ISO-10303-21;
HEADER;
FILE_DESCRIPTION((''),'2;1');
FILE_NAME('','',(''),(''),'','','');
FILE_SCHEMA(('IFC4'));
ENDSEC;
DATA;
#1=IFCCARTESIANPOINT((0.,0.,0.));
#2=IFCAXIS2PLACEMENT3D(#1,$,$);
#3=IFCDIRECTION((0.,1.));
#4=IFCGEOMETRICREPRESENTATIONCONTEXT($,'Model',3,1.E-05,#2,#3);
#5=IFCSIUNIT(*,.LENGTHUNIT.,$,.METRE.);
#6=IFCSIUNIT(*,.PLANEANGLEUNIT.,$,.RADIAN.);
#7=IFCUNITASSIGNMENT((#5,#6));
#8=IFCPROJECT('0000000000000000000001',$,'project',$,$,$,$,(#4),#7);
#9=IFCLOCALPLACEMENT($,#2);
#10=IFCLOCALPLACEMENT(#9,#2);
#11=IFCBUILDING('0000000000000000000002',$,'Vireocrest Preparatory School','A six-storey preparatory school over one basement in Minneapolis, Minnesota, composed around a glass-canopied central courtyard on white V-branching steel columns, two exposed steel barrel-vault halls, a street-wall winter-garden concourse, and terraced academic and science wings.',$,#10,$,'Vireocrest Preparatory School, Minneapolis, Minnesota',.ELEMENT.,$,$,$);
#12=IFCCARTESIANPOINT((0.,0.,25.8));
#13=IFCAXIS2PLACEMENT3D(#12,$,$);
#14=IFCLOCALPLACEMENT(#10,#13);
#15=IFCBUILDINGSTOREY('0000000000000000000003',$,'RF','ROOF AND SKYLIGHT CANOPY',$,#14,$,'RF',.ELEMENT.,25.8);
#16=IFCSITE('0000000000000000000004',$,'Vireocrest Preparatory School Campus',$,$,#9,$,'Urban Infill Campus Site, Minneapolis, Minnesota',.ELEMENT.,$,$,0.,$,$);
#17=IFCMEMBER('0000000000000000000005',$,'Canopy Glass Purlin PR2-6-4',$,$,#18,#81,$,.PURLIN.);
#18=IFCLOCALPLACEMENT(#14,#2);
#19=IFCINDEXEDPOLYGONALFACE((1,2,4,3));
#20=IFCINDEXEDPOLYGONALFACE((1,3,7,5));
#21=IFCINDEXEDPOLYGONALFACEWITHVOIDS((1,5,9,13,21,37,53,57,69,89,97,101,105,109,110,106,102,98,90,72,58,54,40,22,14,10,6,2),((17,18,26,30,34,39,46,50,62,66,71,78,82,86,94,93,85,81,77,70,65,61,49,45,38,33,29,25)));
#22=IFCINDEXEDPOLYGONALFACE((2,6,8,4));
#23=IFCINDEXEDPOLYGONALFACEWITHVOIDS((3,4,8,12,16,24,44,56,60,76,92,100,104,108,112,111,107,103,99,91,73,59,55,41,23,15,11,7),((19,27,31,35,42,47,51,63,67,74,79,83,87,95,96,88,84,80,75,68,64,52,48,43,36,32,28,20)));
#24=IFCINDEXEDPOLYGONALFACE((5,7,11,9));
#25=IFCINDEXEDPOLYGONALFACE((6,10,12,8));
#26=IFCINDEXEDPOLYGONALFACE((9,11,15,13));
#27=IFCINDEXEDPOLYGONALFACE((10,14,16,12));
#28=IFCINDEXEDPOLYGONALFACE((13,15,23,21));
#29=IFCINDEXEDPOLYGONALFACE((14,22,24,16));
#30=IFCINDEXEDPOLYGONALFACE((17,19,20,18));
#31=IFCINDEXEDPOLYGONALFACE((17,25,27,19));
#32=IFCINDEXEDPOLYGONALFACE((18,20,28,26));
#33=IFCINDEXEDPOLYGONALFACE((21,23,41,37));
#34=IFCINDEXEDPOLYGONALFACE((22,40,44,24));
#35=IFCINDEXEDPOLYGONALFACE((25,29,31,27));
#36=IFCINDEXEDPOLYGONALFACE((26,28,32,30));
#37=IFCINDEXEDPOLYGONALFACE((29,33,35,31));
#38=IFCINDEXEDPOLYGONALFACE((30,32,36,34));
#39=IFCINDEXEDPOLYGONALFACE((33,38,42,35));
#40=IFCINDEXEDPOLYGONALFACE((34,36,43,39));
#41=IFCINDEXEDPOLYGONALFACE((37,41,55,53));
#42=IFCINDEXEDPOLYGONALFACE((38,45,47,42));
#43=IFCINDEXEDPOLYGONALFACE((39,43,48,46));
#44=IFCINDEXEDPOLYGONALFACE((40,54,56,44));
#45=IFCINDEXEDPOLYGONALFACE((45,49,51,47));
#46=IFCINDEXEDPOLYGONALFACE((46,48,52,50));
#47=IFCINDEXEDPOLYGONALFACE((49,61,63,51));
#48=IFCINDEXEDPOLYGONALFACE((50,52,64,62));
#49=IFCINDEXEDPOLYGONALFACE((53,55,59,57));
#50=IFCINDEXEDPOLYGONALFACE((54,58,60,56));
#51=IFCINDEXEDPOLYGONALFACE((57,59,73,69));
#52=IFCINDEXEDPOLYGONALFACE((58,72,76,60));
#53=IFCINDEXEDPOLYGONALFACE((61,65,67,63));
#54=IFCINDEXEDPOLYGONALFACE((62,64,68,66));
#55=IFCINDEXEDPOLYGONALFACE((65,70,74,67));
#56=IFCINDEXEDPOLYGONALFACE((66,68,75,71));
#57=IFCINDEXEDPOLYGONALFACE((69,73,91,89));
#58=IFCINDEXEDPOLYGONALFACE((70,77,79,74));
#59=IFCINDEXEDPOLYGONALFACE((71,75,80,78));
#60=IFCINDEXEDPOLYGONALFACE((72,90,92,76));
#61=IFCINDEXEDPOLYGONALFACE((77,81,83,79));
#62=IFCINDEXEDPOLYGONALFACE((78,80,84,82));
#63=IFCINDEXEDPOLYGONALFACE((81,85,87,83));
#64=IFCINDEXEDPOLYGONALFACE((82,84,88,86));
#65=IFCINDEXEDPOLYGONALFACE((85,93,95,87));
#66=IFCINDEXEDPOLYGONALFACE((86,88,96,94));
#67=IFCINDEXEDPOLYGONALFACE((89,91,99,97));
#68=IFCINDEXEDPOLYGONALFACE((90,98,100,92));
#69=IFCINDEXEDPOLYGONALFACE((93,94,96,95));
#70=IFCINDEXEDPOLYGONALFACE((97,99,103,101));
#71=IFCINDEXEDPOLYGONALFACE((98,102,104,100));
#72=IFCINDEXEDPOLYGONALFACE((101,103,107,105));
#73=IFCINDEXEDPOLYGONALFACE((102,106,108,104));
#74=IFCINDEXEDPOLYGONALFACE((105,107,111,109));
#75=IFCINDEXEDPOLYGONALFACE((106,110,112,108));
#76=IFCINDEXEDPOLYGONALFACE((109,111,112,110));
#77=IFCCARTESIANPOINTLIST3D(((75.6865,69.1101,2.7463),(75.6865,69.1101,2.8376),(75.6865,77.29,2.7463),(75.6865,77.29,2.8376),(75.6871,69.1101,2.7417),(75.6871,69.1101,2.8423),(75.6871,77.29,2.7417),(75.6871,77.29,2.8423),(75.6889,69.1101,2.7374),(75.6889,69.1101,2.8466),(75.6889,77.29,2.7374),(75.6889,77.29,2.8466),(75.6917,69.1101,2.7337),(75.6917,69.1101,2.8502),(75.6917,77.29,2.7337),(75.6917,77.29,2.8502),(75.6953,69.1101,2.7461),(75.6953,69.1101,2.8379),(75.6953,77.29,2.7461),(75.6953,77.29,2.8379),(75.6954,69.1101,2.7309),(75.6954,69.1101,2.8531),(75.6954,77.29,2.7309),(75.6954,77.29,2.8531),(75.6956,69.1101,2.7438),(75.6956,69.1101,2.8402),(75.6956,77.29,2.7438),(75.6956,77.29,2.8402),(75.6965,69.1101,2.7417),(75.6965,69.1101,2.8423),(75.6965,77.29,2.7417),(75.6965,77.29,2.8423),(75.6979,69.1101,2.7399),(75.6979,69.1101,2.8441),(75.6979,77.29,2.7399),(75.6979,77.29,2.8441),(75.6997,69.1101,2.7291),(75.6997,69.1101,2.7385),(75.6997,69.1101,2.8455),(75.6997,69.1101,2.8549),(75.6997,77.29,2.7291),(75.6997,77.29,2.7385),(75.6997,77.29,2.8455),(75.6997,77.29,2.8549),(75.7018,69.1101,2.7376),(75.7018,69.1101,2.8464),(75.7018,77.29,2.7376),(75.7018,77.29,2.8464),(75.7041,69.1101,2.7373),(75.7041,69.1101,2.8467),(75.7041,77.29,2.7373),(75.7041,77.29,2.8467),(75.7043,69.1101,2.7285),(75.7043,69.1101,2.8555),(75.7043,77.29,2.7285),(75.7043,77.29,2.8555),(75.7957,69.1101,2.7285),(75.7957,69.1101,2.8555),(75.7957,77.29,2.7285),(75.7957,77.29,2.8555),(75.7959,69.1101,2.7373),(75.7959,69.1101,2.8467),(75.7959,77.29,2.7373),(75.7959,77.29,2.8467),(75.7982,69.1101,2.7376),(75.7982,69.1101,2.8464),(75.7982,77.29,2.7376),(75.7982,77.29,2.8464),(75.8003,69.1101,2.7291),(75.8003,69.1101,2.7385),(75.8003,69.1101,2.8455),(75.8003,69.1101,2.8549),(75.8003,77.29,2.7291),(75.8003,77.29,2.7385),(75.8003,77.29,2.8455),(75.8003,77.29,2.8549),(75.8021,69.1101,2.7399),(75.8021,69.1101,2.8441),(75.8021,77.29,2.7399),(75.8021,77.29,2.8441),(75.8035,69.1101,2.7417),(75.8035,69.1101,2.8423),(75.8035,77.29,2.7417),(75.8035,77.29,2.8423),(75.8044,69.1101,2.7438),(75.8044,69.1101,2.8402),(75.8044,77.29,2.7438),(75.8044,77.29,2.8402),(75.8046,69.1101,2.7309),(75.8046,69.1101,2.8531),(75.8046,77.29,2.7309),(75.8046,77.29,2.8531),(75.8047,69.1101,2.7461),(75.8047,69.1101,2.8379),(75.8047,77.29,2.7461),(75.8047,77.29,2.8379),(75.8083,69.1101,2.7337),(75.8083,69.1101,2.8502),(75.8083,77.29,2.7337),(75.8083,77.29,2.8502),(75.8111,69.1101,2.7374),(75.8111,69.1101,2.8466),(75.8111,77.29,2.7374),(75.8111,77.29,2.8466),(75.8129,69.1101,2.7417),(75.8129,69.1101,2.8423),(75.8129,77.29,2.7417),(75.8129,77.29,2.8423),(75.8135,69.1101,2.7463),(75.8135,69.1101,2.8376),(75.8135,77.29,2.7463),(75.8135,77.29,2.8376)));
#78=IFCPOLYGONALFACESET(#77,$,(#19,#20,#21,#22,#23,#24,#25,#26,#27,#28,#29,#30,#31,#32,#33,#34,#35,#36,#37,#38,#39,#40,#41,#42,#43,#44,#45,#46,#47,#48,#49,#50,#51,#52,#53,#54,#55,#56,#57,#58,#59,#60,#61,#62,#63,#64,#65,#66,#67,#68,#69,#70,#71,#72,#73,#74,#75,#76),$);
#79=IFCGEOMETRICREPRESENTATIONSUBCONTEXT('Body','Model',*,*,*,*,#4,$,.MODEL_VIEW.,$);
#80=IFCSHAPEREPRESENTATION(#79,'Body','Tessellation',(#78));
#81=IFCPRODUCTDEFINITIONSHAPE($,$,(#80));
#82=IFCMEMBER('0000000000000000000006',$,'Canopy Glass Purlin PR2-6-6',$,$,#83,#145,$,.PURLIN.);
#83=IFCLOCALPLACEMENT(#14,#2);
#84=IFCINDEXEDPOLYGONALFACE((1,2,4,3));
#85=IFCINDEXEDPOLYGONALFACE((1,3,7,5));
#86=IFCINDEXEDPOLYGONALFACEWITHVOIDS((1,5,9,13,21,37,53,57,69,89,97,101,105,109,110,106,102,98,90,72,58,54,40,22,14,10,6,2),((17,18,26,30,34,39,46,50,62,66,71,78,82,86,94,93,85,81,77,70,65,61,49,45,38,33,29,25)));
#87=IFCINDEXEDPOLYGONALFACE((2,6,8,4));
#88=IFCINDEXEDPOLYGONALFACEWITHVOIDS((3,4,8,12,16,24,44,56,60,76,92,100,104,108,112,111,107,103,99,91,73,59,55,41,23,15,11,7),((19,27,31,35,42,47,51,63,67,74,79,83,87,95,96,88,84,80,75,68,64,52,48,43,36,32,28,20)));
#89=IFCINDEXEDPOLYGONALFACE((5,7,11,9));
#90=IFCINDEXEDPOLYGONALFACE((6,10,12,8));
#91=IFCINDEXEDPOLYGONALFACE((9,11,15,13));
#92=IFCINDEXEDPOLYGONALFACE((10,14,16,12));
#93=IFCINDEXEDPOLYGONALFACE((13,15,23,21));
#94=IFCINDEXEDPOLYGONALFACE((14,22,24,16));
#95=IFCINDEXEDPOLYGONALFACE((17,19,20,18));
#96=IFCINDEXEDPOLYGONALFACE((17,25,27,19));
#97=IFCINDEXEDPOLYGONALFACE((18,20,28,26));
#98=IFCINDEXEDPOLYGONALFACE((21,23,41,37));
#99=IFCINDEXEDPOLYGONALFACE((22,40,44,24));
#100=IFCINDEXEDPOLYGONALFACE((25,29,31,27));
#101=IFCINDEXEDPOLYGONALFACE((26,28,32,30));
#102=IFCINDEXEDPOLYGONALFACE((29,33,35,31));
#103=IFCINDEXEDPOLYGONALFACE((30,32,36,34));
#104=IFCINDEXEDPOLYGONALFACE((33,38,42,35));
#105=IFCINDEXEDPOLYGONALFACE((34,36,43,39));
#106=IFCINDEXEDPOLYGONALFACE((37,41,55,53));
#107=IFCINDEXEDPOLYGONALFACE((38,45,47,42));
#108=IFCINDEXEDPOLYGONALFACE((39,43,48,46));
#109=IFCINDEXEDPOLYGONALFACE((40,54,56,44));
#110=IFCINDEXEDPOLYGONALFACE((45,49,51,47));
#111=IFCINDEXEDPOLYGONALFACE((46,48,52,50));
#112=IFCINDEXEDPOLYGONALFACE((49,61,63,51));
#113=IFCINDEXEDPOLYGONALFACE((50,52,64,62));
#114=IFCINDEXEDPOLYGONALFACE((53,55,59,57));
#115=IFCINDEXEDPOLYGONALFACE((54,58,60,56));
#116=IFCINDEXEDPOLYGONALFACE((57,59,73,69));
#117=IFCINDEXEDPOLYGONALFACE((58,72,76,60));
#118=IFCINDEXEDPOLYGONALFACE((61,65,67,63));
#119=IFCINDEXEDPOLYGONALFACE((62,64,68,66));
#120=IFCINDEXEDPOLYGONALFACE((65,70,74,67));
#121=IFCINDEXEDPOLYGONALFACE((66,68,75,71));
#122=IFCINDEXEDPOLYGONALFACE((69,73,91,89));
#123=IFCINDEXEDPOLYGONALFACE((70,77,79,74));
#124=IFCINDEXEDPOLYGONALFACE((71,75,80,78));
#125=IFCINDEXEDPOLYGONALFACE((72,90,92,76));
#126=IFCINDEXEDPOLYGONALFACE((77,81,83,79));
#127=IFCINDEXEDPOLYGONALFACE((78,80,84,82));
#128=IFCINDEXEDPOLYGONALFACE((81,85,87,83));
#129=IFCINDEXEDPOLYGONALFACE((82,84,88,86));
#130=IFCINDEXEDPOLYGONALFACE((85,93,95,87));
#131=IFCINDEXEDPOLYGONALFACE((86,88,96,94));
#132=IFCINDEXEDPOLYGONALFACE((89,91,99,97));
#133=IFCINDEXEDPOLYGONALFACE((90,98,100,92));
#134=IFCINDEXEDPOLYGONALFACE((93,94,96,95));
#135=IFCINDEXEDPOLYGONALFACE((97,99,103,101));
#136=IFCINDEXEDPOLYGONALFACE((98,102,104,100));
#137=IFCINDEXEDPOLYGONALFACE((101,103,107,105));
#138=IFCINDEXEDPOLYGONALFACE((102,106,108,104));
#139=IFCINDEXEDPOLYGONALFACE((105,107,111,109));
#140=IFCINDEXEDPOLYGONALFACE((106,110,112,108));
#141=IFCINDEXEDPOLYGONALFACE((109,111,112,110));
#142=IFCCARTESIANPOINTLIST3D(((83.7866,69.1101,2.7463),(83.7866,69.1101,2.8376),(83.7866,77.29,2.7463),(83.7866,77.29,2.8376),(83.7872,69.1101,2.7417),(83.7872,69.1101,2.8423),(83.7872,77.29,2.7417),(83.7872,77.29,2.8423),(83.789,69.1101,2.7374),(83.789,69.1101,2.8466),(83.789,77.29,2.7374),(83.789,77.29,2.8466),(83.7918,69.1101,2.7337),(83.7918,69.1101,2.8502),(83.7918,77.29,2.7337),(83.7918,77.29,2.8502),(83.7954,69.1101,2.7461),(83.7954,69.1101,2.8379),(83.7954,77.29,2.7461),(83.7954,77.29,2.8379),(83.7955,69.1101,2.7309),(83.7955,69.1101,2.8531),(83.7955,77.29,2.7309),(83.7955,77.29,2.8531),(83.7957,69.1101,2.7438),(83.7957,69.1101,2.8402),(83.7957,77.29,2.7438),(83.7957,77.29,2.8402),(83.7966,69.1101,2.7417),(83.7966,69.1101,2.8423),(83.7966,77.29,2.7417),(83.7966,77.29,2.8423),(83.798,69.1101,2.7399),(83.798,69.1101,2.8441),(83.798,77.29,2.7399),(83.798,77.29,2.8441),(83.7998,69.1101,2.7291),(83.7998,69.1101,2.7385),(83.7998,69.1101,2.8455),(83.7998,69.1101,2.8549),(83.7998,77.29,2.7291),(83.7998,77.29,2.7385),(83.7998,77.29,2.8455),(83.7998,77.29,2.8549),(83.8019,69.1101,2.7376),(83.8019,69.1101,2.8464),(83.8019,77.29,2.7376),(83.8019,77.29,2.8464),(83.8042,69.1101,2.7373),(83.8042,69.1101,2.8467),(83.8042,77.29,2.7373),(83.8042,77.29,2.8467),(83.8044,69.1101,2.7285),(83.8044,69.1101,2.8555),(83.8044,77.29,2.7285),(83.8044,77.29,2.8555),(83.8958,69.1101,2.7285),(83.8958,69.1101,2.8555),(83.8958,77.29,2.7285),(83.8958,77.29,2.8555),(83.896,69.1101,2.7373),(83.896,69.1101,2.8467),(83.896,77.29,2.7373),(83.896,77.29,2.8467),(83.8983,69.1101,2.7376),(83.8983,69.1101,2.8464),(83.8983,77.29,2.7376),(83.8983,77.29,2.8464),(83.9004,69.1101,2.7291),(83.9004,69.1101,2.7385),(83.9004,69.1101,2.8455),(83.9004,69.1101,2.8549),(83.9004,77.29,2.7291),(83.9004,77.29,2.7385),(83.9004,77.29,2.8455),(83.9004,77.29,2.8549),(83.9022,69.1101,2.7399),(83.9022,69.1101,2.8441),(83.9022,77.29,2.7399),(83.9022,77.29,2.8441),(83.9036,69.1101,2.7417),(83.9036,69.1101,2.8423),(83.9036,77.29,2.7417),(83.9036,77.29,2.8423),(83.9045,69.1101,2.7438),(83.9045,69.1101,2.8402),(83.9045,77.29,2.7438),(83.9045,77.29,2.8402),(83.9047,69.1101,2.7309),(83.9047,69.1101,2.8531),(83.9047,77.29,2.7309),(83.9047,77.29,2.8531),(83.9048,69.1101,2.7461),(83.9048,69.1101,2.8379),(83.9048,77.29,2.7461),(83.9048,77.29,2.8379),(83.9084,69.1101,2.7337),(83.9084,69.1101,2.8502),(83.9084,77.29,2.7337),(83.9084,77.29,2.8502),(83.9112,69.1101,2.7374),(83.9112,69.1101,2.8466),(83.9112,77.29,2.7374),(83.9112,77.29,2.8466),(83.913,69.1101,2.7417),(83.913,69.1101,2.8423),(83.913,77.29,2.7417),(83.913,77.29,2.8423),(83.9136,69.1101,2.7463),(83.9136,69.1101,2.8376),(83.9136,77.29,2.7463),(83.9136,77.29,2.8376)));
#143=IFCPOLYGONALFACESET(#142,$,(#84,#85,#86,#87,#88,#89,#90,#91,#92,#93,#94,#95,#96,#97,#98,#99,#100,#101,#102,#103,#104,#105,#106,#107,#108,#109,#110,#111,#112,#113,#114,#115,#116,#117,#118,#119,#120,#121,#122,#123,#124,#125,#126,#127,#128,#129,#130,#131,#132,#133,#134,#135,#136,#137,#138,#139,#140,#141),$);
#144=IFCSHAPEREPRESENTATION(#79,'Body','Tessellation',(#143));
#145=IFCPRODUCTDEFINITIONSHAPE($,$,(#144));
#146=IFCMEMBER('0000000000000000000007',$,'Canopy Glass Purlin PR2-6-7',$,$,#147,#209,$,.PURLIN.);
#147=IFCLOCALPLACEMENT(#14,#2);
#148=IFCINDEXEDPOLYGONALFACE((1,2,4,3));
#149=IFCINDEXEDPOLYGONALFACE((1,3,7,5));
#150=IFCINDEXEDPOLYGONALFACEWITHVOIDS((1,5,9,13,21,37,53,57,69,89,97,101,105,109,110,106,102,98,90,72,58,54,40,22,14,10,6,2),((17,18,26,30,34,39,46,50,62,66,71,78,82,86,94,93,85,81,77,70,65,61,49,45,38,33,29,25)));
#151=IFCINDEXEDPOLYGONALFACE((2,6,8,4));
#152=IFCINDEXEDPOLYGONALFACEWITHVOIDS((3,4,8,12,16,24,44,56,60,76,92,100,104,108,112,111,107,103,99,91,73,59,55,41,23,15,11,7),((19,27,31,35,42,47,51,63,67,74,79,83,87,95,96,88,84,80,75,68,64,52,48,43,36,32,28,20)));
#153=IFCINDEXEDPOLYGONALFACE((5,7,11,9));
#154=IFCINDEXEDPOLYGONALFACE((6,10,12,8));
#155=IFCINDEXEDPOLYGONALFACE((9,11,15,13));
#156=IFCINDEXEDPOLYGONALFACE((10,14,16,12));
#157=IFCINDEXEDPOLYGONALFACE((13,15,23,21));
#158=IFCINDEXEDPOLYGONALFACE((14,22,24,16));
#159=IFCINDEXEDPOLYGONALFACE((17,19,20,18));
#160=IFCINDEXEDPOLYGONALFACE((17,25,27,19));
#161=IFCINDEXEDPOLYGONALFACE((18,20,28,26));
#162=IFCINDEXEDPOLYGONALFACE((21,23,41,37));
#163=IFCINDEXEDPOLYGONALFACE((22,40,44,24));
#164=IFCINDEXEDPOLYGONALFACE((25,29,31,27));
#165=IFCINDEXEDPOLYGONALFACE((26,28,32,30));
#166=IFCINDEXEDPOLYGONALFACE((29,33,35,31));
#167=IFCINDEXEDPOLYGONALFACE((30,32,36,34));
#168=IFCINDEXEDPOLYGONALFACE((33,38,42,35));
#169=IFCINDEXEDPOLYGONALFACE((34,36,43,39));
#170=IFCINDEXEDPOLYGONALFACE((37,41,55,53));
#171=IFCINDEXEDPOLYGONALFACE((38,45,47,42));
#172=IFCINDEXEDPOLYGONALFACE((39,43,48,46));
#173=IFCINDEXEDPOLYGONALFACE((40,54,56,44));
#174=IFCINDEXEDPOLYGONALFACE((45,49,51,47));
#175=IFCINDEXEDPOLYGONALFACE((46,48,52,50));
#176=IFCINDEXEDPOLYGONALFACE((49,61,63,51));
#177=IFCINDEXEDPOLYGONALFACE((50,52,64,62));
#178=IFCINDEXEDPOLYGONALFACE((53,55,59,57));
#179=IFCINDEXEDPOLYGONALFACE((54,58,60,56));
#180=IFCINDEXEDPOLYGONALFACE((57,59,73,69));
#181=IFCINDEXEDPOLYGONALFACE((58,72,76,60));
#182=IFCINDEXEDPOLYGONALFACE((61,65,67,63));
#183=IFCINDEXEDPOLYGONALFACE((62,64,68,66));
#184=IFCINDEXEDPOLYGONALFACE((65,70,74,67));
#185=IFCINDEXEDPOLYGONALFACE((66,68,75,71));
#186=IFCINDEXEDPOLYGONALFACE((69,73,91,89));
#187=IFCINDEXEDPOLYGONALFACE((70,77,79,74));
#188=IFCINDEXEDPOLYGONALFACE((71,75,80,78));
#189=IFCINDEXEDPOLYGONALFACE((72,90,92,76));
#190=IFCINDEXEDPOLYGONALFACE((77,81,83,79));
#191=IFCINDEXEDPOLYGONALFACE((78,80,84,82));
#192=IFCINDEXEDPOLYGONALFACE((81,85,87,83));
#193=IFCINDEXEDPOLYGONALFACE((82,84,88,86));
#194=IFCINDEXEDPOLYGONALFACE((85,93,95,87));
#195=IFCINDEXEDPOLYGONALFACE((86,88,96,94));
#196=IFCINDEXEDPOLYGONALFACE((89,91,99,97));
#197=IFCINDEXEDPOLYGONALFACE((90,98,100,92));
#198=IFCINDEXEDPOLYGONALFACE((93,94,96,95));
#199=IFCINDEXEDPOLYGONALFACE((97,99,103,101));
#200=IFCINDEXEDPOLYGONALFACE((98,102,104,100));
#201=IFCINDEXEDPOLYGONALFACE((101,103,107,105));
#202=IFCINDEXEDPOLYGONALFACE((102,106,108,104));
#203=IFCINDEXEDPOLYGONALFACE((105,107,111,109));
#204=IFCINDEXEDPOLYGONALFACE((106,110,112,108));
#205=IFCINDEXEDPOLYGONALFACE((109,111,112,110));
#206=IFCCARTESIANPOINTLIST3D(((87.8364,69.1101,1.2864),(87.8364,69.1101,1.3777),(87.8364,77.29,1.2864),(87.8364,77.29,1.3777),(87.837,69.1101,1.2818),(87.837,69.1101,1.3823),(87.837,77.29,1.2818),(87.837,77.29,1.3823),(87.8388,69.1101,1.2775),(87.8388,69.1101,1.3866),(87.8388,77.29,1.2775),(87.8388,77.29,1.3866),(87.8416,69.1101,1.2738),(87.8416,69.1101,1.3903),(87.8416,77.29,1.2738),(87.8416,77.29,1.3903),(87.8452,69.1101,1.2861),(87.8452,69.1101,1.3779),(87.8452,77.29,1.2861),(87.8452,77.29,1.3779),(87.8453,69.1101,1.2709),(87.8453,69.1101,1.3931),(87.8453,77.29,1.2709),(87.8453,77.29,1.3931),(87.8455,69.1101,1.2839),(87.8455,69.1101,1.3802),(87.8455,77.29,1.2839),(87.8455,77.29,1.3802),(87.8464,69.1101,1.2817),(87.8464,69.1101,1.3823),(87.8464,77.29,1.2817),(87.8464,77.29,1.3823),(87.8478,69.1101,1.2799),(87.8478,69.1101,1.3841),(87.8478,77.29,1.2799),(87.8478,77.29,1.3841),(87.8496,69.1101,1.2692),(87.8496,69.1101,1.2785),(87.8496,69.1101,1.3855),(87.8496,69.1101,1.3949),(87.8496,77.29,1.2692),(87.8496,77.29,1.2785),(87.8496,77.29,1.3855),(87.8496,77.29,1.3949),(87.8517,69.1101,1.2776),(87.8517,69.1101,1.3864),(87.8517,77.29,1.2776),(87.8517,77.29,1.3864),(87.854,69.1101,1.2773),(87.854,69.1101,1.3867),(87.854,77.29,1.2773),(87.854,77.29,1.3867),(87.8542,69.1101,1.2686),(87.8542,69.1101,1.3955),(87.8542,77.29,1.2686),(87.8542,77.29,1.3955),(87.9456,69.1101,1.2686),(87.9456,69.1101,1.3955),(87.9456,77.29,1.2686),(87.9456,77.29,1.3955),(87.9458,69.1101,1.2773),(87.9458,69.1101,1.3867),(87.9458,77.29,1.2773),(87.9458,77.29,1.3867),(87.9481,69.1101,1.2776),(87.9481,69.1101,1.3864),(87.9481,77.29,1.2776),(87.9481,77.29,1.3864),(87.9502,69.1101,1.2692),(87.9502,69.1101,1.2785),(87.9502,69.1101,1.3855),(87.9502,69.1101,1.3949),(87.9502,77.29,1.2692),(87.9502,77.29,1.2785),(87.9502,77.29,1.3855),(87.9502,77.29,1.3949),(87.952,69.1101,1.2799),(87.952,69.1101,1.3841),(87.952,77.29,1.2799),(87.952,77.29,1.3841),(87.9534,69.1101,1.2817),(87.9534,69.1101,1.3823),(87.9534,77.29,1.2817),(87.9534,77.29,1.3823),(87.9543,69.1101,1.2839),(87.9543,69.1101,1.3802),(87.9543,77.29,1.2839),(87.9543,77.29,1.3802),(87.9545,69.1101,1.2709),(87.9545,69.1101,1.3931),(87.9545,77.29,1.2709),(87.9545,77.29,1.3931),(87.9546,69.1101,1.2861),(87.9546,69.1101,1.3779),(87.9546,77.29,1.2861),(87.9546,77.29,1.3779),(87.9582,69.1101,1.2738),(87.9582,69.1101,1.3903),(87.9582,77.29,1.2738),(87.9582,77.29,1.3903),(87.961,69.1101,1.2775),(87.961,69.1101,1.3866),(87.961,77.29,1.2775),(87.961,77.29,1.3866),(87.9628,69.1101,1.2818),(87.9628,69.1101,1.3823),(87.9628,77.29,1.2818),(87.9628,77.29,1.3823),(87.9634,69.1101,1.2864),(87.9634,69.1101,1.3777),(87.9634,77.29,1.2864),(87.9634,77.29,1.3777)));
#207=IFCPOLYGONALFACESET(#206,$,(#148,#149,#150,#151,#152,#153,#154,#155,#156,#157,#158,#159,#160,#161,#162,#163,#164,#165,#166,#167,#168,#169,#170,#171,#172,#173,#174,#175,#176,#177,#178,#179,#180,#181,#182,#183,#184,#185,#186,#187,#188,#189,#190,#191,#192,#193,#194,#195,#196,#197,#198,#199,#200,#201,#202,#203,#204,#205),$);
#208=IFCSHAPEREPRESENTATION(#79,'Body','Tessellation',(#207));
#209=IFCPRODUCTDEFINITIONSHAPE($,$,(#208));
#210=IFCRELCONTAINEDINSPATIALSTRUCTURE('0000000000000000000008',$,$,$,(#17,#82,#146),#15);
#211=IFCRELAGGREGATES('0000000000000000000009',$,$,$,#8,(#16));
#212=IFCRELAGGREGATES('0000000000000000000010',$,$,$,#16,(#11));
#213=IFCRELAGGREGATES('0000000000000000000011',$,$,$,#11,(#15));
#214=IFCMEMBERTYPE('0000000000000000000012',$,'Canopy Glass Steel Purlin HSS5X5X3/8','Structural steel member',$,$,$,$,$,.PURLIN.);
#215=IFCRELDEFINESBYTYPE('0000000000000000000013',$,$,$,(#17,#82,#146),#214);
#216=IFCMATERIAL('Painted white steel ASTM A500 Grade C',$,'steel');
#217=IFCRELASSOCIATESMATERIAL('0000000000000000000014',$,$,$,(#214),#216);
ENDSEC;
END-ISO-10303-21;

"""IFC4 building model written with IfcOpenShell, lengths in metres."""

from ifc_helpers import new_model, si_unit, direction, frame, origin, origin_2d, place, context, subcontext, project, spatial, hollow_rectangle, extrude, material, material_profile, profile_set, type_object, element, save


model = new_model("IFC4")

# Units and contexts
model_context = context("Model", 3, precision=1e-05, world=origin(), true_north=direction((0.0, 1.0)))
body_context = subcontext(model_context, "Body", "Model", "MODEL_VIEW")
ifc_project = project(units=[si_unit("LENGTHUNIT", "METRE"), si_unit("PLANEANGLEUNIT", "RADIAN")], contexts=[model_context])

# Site, building, storey
site_placement = place(None, origin())
site = spatial("IfcSite", under=ifc_project, at=site_placement, Name="Vireocrest Preparatory School Campus", LongName="Urban Infill Campus Site, Minneapolis, Minnesota", CompositionType="ELEMENT", RefElevation=0.0)
building_placement = place(site_placement, origin())
building = spatial("IfcBuilding", under=site, at=building_placement, Name="Vireocrest Preparatory School", Description="A six-storey preparatory school over one basement in Minneapolis, Minnesota, composed around a glass-canopied central courtyard on white V-branching steel columns, two exposed steel barrel-vault halls, a street-wall winter-garden concourse, and terraced academic and science wings.", LongName="Vireocrest Preparatory School, Minneapolis, Minnesota", CompositionType="ELEMENT")
storey_placement = place(building_placement, frame((0.0, 0.0, 25.8)))
storey = spatial("IfcBuildingStorey", under=building, at=storey_placement, Name="RF", Description="ROOF AND SKYLIGHT CANOPY", LongName="RF", CompositionType="ELEMENT", Elevation=25.8)

# Members
ifc_material_1 = material(Name="Painted white steel ASTM A500 Grade C", Category="steel")
ifc_material_profile_1 = material_profile(ifc_material_1, hollow_rectangle(XDim=0.127, YDim=0.127, WallThickness=0.0088, InnerFilletRadius=0.0088, OuterFilletRadius=0.0178, at=origin_2d()), Name="HSS5X5X3/8")
ifc_profile_set_1 = profile_set([ifc_material_profile_1], Name="Painted white steel ASTM A500 Grade C")
member_type_1 = type_object("IfcMemberType", Name="Canopy Glass Steel Purlin HSS5X5X3/8", Description="Structural steel member", PredefinedType="PURLIN", material=ifc_profile_set_1)
for number, where, z_axis, x_axis, name in (
    (1, (75.75, 69.1101, 2.792), (0.0, 1.0, 0.0), (-1.0, 0.0, 0.0), "Canopy Glass Purlin PR2-6-4"),
    (2, (83.8501, 69.1101, 2.792), (0.0, 1.0, 0.0), (-1.0, 0.0, 0.0), "Canopy Glass Purlin PR2-6-6"),
    (3, (87.8999, 69.1101, 1.332), (0.0, 1.0, 0.0), (-1.0, 0.0, 0.0), "Canopy Glass Purlin PR2-6-7"),
):
    element("IfcMember", number, at=place(storey_placement, frame(where, z_axis=z_axis, x_axis=x_axis)), inside=storey, type_object=member_type_1, Name=name, PredefinedType="PURLIN", context=body_context, shape_type="SweptSolid", body=[
        extrude(hollow_rectangle(XDim=0.127, YDim=0.127, WallThickness=0.0088, InnerFilletRadius=0.0088, OuterFilletRadius=0.0178, at=origin_2d()), origin(), (0.0, 0.0, 1.0), 8.1799),
    ])

save(model, "model.ifc")
